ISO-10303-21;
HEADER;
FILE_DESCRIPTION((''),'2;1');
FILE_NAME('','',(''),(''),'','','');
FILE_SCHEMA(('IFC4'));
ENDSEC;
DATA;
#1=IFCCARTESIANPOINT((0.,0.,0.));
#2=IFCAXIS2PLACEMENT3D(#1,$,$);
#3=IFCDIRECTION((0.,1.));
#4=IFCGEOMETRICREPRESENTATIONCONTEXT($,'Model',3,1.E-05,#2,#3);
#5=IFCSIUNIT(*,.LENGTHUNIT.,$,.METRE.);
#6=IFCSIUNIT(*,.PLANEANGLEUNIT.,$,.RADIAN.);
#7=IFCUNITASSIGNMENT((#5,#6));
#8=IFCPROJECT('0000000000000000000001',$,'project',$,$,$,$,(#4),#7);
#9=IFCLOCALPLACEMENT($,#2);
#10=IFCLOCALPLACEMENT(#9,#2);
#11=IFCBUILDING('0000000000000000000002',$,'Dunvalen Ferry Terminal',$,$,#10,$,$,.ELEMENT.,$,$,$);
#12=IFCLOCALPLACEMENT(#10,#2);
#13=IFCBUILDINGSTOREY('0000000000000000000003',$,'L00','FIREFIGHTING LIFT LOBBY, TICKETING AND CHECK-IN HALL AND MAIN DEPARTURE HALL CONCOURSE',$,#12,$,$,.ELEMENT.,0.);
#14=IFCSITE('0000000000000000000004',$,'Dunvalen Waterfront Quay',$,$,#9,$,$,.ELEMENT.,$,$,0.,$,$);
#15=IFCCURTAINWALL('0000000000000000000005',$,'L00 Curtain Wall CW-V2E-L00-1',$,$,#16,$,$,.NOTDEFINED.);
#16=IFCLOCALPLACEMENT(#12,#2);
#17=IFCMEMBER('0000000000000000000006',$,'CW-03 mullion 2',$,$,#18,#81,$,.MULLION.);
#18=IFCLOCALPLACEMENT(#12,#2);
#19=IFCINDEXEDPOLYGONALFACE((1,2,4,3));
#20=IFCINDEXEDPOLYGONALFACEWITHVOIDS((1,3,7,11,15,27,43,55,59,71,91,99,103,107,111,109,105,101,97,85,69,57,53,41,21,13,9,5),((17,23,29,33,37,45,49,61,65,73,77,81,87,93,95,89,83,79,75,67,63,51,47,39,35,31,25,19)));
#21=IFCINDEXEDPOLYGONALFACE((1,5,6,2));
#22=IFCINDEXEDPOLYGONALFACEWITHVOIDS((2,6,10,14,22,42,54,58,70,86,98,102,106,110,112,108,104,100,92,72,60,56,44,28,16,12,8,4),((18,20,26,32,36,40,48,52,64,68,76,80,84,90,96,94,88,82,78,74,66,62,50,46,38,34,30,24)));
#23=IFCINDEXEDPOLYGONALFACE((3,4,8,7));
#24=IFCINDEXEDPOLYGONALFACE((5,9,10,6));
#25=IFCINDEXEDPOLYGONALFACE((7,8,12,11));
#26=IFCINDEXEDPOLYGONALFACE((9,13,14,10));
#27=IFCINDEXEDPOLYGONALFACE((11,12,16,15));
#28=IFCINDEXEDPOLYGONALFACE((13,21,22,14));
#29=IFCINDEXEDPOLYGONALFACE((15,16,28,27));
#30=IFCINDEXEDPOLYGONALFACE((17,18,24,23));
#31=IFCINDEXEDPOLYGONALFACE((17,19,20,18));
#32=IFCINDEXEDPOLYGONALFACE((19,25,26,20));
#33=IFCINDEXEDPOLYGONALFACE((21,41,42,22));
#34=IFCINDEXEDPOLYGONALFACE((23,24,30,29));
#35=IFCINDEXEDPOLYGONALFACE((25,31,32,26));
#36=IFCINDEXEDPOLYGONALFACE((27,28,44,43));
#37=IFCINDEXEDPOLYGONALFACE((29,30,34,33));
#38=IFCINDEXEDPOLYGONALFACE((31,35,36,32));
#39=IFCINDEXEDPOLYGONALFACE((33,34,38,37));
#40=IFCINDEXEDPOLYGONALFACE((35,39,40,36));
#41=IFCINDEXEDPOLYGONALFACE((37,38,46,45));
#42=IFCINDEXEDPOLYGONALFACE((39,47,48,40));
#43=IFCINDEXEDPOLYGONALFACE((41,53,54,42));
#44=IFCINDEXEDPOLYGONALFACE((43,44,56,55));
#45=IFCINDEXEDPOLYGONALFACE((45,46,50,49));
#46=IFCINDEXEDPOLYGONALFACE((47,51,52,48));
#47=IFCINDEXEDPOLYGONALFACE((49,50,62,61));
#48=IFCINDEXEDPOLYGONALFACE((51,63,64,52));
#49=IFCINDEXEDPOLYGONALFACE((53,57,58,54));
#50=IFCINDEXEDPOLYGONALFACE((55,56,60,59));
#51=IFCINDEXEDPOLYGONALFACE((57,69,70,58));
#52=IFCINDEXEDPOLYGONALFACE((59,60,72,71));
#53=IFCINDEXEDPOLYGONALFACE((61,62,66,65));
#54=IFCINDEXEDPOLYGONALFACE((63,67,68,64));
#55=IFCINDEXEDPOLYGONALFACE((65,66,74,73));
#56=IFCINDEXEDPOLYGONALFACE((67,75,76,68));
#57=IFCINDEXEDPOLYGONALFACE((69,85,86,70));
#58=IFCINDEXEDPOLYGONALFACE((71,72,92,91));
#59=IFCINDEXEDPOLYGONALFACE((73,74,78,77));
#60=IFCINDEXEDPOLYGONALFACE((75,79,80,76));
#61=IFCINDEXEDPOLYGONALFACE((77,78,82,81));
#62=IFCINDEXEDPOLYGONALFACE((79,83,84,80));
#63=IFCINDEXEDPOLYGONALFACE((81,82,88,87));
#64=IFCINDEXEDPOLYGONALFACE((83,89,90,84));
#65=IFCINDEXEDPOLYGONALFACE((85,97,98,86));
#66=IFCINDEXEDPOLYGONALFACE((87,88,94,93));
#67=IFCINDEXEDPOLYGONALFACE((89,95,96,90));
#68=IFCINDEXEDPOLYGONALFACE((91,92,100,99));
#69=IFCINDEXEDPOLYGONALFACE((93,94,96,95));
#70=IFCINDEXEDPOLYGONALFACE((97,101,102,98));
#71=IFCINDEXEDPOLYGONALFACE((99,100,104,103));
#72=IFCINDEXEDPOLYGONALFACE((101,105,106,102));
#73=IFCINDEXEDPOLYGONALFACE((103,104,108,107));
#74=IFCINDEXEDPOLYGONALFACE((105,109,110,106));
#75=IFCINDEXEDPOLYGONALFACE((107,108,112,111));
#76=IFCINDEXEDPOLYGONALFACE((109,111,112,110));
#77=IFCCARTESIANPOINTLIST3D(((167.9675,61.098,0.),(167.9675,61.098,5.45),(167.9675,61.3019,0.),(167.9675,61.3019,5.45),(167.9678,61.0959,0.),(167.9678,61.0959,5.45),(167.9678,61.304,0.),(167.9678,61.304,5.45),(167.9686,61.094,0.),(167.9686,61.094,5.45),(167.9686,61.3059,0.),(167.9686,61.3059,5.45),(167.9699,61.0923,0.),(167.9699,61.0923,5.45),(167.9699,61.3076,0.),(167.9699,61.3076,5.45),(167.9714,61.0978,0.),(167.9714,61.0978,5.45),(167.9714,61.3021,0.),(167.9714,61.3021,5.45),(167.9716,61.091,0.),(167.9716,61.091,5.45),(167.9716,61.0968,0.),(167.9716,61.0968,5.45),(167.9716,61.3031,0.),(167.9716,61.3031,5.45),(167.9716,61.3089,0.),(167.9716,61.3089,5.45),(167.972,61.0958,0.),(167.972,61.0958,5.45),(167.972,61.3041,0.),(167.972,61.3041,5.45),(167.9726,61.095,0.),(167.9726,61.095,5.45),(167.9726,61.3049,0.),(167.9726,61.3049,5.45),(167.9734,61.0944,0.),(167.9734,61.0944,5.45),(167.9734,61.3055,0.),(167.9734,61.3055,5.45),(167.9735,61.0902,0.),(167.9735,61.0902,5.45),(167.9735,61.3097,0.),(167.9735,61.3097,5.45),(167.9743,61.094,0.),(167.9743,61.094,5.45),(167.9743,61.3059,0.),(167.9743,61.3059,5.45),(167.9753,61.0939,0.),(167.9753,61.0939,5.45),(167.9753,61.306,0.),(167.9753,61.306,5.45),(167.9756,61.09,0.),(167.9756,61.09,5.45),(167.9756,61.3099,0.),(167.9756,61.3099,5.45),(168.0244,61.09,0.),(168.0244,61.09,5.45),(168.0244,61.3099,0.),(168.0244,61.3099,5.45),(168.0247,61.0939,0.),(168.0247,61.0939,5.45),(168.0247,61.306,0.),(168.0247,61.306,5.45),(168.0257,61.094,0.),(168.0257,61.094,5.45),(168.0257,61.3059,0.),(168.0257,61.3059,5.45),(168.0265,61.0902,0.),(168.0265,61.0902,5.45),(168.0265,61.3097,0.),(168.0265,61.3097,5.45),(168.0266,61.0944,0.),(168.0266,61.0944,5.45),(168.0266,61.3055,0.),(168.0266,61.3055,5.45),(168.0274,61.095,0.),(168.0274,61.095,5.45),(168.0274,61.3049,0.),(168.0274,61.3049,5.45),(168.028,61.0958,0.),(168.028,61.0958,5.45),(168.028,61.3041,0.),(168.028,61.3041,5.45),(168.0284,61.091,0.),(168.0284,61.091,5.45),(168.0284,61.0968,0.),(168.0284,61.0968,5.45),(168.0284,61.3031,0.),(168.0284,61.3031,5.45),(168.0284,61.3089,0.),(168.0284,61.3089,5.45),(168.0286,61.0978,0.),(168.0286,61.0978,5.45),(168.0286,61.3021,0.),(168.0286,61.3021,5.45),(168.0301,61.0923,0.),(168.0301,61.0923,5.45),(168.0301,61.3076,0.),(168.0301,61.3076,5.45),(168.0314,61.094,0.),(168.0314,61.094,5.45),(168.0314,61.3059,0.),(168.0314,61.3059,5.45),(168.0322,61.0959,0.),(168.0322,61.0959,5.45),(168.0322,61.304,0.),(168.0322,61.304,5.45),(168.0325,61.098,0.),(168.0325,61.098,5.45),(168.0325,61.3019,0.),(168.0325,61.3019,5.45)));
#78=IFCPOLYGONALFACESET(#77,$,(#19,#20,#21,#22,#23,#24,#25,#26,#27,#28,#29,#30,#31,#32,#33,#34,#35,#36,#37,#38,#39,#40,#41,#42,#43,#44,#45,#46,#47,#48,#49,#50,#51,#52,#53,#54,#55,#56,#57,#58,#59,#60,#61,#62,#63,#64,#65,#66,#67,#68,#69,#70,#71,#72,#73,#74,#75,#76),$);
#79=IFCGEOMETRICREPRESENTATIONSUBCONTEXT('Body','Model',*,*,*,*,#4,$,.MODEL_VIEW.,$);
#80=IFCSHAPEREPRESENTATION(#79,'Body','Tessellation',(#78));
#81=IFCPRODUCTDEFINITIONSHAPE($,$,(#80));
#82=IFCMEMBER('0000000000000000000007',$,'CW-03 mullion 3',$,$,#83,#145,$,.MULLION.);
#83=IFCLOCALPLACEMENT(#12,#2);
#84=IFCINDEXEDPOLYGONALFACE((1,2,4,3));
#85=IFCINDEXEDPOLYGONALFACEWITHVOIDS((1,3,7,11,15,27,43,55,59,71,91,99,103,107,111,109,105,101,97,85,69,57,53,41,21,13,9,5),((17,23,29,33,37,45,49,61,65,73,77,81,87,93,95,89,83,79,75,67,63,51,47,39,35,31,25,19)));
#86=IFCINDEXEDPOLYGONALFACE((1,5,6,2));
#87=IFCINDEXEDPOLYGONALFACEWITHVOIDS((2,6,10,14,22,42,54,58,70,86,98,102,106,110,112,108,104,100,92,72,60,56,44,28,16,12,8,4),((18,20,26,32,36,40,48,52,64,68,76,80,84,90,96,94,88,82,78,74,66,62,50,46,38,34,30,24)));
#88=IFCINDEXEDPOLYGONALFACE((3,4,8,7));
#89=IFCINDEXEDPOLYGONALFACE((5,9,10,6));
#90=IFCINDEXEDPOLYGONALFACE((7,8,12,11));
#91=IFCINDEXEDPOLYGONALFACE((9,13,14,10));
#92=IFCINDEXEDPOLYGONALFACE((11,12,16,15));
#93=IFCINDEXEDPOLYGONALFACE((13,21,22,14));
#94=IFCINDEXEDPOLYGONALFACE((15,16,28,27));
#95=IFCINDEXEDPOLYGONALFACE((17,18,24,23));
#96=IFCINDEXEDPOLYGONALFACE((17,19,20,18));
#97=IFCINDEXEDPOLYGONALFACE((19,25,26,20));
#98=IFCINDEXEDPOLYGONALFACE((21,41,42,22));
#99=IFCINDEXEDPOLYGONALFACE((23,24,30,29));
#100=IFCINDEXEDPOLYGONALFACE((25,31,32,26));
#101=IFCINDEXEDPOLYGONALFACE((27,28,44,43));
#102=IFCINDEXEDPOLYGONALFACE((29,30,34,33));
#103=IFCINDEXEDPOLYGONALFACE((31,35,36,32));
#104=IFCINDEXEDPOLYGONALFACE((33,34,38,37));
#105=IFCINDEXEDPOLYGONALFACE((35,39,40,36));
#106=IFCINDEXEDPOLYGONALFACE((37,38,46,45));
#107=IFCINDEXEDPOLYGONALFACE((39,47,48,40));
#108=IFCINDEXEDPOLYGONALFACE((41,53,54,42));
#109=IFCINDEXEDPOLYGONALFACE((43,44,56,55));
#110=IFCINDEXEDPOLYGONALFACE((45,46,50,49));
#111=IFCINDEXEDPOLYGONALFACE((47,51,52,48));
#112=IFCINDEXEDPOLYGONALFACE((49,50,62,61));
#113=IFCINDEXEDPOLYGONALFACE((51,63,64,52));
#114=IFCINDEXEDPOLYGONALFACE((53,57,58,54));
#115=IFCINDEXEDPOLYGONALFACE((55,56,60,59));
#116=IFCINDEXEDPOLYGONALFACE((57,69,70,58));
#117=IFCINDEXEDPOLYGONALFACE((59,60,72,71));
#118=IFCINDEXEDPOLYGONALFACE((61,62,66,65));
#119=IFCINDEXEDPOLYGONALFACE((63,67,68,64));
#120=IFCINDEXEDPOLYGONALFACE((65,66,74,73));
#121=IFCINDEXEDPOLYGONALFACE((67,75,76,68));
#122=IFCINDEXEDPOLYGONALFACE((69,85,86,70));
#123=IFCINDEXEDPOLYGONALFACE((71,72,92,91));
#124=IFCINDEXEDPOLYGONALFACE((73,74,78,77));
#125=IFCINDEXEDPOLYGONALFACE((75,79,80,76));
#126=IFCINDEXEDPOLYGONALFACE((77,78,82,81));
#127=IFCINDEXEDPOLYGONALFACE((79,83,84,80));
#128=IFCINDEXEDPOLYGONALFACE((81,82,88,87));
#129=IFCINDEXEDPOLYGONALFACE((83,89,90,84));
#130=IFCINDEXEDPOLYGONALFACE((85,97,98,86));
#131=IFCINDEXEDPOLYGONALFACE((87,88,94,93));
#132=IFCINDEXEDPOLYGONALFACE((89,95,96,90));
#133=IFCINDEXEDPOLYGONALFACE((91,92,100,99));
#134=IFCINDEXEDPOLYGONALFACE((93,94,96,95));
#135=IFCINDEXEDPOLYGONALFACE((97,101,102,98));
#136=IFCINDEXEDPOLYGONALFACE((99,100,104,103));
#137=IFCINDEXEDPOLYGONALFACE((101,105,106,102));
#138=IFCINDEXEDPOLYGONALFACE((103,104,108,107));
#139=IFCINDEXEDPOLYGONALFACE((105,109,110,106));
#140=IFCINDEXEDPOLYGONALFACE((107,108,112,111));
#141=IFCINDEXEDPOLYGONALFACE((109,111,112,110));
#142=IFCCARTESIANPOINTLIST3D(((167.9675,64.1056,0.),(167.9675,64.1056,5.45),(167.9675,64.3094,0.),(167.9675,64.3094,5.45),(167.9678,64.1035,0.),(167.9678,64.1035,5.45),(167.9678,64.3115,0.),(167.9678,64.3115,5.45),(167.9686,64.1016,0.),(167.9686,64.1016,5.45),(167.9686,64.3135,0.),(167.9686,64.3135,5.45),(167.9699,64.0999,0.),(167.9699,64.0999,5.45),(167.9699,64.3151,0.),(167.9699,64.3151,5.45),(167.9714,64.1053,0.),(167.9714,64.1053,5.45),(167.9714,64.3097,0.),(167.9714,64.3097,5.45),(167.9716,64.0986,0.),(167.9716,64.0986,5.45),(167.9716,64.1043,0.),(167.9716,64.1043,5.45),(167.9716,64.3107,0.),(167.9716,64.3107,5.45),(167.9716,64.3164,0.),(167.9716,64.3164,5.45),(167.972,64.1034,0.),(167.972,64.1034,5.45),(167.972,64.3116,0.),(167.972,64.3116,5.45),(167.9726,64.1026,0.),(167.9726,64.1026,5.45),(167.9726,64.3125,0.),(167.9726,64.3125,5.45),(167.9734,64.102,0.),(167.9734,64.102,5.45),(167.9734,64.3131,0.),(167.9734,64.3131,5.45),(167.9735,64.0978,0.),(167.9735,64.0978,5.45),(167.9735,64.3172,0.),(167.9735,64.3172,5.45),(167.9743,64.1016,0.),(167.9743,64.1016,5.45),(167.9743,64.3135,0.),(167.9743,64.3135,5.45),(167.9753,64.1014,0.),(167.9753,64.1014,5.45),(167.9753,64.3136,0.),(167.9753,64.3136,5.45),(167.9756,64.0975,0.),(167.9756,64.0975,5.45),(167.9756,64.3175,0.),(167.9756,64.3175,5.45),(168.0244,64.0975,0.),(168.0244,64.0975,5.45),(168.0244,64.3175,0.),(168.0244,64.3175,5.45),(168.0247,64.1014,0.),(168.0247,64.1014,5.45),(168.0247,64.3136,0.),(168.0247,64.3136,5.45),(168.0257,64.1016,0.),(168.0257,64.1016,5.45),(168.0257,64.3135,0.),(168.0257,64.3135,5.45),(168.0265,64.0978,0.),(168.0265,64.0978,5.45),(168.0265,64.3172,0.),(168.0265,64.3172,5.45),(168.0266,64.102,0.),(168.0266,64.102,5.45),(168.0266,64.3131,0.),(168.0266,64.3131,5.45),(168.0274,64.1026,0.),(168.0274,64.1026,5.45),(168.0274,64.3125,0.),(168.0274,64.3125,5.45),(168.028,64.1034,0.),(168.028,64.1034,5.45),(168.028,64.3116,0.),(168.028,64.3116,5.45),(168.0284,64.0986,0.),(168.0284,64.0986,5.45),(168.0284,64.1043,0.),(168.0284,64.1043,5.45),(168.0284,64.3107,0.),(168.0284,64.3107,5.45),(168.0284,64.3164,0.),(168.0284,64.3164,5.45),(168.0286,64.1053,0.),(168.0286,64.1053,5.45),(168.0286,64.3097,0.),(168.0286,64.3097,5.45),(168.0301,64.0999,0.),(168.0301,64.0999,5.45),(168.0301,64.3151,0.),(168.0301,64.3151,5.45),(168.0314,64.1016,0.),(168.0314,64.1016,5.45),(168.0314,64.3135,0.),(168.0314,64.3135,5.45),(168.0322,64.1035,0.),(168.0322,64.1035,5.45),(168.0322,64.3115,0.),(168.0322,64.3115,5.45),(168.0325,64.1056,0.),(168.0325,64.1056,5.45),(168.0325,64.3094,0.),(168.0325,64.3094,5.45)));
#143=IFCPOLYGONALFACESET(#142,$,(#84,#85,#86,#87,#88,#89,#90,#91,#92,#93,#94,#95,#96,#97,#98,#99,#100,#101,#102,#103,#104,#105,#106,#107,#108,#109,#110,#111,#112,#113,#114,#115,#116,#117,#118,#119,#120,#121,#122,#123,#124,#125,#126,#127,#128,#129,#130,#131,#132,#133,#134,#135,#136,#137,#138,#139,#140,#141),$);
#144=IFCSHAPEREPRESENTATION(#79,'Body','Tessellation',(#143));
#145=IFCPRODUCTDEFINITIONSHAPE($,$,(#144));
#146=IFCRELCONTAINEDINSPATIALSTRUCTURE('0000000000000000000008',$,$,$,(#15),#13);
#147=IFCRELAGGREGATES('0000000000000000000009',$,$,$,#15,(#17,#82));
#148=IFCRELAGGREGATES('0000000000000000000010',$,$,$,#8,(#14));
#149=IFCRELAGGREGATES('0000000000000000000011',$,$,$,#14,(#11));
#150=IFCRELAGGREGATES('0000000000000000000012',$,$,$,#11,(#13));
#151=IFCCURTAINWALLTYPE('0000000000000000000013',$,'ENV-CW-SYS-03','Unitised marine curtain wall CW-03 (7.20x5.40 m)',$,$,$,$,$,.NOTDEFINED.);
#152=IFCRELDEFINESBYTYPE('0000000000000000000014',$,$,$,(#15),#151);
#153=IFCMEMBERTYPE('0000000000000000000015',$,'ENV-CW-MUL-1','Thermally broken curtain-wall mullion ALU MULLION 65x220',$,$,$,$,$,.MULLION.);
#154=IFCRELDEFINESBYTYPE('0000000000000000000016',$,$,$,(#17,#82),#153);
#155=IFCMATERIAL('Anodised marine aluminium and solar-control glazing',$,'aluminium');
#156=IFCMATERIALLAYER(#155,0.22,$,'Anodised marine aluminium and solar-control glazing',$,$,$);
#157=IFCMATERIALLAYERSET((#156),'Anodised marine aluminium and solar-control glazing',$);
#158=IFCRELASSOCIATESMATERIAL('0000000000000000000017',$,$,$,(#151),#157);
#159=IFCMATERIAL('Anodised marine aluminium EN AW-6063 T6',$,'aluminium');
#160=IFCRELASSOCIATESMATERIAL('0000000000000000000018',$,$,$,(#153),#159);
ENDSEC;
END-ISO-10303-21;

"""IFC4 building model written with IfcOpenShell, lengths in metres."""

from ifc_helpers import new_model, si_unit, direction, frame, origin, origin_2d, place, context, subcontext, project, spatial, hollow_rectangle, extrude, material, layer, layer_set, material_profile, profile_set, type_object, element, aggregate, save


model = new_model("IFC4")

# Units and contexts
model_context = context("Model", 3, precision=1e-05, world=origin(), true_north=direction((0.0, 1.0)))
body_context = subcontext(model_context, "Body", "Model", "MODEL_VIEW")
ifc_project = project(units=[si_unit("LENGTHUNIT", "METRE"), si_unit("PLANEANGLEUNIT", "RADIAN")], contexts=[model_context])

# Site, building, storey
site_placement = place(None, origin())
site = spatial("IfcSite", under=ifc_project, at=site_placement, Name="Dunvalen Waterfront Quay", CompositionType="ELEMENT", RefElevation=0.0)
building_placement = place(site_placement, origin())
building = spatial("IfcBuilding", under=site, at=building_placement, Name="Dunvalen Ferry Terminal", CompositionType="ELEMENT")
storey_placement = place(building_placement, origin())
storey = spatial("IfcBuildingStorey", under=building, at=storey_placement, Name="L00", Description="FIREFIGHTING LIFT LOBBY, TICKETING AND CHECK-IN HALL AND MAIN DEPARTURE HALL CONCOURSE", CompositionType="ELEMENT", Elevation=0.0)

# Curtain wall, members
ifc_material_1 = material(Name="Anodised marine aluminium and solar-control glazing", Category="aluminium")
ifc_layer_1 = layer(ifc_material_1, 0.22, Name="Anodised marine aluminium and solar-control glazing")
ifc_layer_set_1 = layer_set([ifc_layer_1], Name="Anodised marine aluminium and solar-control glazing")
curtain_wall_type = type_object("IfcCurtainWallType", Name="ENV-CW-SYS-03", Description="Unitised marine curtain wall CW-03 (7.20x5.40 m)", PredefinedType="NOTDEFINED", material=ifc_layer_set_1)
curtain_wall_placement = place(storey_placement, origin())
curtain_wall = element("IfcCurtainWall", 1, at=curtain_wall_placement, inside=storey, type_object=curtain_wall_type, Name="L00 Curtain Wall CW-V2E-L00-1", PredefinedType="NOTDEFINED")
ifc_material_2 = material(Name="Anodised marine aluminium EN AW-6063 T6", Category="aluminium")
ifc_material_profile_1 = material_profile(ifc_material_2, hollow_rectangle(XDim=0.0649, YDim=0.22, WallThickness=0.0039, InnerFilletRadius=0.0039, OuterFilletRadius=0.0081, at=origin_2d()), Name="Anodised marine aluminium EN AW-6063 T6")
ifc_profile_set_1 = profile_set([ifc_material_profile_1], Name="Anodised marine aluminium EN AW-6063 T6")
member_type_1 = type_object("IfcMemberType", Name="ENV-CW-MUL-1", Description="Thermally broken curtain-wall mullion ALU MULLION 65x220", PredefinedType="MULLION", material=ifc_profile_set_1)
member_1_placement = place(storey_placement, frame((168.0, 61.2, 0.0), z_axis=(0.0, 0.0, 1.0), x_axis=(-1.0, 0.0, 0.0)))
member_1 = element("IfcMember", 2, at=member_1_placement, type_object=member_type_1, Name="CW-03 mullion 2", PredefinedType="MULLION", context=body_context, shape_type="SweptSolid", body=[
    extrude(hollow_rectangle(XDim=0.0649, YDim=0.22, WallThickness=0.0039, InnerFilletRadius=0.0039, OuterFilletRadius=0.0081, at=origin_2d()), origin(), (0.0, 0.0, 1.0), 5.45),
])
member_2_placement = place(storey_placement, frame((168.0, 64.2075, 0.0), z_axis=(0.0, 0.0, 1.0), x_axis=(-1.0, 0.0, 0.0)))
member_2 = element("IfcMember", 3, at=member_2_placement, type_object=member_type_1, Name="CW-03 mullion 3", PredefinedType="MULLION", context=body_context, shape_type="SweptSolid", body=[
    extrude(hollow_rectangle(XDim=0.0649, YDim=0.22, WallThickness=0.0039, InnerFilletRadius=0.0039, OuterFilletRadius=0.0081, at=origin_2d()), origin(), (0.0, 0.0, 1.0), 5.45),
])
aggregate(curtain_wall, [member_1, member_2])

save(model, "model.ifc")
